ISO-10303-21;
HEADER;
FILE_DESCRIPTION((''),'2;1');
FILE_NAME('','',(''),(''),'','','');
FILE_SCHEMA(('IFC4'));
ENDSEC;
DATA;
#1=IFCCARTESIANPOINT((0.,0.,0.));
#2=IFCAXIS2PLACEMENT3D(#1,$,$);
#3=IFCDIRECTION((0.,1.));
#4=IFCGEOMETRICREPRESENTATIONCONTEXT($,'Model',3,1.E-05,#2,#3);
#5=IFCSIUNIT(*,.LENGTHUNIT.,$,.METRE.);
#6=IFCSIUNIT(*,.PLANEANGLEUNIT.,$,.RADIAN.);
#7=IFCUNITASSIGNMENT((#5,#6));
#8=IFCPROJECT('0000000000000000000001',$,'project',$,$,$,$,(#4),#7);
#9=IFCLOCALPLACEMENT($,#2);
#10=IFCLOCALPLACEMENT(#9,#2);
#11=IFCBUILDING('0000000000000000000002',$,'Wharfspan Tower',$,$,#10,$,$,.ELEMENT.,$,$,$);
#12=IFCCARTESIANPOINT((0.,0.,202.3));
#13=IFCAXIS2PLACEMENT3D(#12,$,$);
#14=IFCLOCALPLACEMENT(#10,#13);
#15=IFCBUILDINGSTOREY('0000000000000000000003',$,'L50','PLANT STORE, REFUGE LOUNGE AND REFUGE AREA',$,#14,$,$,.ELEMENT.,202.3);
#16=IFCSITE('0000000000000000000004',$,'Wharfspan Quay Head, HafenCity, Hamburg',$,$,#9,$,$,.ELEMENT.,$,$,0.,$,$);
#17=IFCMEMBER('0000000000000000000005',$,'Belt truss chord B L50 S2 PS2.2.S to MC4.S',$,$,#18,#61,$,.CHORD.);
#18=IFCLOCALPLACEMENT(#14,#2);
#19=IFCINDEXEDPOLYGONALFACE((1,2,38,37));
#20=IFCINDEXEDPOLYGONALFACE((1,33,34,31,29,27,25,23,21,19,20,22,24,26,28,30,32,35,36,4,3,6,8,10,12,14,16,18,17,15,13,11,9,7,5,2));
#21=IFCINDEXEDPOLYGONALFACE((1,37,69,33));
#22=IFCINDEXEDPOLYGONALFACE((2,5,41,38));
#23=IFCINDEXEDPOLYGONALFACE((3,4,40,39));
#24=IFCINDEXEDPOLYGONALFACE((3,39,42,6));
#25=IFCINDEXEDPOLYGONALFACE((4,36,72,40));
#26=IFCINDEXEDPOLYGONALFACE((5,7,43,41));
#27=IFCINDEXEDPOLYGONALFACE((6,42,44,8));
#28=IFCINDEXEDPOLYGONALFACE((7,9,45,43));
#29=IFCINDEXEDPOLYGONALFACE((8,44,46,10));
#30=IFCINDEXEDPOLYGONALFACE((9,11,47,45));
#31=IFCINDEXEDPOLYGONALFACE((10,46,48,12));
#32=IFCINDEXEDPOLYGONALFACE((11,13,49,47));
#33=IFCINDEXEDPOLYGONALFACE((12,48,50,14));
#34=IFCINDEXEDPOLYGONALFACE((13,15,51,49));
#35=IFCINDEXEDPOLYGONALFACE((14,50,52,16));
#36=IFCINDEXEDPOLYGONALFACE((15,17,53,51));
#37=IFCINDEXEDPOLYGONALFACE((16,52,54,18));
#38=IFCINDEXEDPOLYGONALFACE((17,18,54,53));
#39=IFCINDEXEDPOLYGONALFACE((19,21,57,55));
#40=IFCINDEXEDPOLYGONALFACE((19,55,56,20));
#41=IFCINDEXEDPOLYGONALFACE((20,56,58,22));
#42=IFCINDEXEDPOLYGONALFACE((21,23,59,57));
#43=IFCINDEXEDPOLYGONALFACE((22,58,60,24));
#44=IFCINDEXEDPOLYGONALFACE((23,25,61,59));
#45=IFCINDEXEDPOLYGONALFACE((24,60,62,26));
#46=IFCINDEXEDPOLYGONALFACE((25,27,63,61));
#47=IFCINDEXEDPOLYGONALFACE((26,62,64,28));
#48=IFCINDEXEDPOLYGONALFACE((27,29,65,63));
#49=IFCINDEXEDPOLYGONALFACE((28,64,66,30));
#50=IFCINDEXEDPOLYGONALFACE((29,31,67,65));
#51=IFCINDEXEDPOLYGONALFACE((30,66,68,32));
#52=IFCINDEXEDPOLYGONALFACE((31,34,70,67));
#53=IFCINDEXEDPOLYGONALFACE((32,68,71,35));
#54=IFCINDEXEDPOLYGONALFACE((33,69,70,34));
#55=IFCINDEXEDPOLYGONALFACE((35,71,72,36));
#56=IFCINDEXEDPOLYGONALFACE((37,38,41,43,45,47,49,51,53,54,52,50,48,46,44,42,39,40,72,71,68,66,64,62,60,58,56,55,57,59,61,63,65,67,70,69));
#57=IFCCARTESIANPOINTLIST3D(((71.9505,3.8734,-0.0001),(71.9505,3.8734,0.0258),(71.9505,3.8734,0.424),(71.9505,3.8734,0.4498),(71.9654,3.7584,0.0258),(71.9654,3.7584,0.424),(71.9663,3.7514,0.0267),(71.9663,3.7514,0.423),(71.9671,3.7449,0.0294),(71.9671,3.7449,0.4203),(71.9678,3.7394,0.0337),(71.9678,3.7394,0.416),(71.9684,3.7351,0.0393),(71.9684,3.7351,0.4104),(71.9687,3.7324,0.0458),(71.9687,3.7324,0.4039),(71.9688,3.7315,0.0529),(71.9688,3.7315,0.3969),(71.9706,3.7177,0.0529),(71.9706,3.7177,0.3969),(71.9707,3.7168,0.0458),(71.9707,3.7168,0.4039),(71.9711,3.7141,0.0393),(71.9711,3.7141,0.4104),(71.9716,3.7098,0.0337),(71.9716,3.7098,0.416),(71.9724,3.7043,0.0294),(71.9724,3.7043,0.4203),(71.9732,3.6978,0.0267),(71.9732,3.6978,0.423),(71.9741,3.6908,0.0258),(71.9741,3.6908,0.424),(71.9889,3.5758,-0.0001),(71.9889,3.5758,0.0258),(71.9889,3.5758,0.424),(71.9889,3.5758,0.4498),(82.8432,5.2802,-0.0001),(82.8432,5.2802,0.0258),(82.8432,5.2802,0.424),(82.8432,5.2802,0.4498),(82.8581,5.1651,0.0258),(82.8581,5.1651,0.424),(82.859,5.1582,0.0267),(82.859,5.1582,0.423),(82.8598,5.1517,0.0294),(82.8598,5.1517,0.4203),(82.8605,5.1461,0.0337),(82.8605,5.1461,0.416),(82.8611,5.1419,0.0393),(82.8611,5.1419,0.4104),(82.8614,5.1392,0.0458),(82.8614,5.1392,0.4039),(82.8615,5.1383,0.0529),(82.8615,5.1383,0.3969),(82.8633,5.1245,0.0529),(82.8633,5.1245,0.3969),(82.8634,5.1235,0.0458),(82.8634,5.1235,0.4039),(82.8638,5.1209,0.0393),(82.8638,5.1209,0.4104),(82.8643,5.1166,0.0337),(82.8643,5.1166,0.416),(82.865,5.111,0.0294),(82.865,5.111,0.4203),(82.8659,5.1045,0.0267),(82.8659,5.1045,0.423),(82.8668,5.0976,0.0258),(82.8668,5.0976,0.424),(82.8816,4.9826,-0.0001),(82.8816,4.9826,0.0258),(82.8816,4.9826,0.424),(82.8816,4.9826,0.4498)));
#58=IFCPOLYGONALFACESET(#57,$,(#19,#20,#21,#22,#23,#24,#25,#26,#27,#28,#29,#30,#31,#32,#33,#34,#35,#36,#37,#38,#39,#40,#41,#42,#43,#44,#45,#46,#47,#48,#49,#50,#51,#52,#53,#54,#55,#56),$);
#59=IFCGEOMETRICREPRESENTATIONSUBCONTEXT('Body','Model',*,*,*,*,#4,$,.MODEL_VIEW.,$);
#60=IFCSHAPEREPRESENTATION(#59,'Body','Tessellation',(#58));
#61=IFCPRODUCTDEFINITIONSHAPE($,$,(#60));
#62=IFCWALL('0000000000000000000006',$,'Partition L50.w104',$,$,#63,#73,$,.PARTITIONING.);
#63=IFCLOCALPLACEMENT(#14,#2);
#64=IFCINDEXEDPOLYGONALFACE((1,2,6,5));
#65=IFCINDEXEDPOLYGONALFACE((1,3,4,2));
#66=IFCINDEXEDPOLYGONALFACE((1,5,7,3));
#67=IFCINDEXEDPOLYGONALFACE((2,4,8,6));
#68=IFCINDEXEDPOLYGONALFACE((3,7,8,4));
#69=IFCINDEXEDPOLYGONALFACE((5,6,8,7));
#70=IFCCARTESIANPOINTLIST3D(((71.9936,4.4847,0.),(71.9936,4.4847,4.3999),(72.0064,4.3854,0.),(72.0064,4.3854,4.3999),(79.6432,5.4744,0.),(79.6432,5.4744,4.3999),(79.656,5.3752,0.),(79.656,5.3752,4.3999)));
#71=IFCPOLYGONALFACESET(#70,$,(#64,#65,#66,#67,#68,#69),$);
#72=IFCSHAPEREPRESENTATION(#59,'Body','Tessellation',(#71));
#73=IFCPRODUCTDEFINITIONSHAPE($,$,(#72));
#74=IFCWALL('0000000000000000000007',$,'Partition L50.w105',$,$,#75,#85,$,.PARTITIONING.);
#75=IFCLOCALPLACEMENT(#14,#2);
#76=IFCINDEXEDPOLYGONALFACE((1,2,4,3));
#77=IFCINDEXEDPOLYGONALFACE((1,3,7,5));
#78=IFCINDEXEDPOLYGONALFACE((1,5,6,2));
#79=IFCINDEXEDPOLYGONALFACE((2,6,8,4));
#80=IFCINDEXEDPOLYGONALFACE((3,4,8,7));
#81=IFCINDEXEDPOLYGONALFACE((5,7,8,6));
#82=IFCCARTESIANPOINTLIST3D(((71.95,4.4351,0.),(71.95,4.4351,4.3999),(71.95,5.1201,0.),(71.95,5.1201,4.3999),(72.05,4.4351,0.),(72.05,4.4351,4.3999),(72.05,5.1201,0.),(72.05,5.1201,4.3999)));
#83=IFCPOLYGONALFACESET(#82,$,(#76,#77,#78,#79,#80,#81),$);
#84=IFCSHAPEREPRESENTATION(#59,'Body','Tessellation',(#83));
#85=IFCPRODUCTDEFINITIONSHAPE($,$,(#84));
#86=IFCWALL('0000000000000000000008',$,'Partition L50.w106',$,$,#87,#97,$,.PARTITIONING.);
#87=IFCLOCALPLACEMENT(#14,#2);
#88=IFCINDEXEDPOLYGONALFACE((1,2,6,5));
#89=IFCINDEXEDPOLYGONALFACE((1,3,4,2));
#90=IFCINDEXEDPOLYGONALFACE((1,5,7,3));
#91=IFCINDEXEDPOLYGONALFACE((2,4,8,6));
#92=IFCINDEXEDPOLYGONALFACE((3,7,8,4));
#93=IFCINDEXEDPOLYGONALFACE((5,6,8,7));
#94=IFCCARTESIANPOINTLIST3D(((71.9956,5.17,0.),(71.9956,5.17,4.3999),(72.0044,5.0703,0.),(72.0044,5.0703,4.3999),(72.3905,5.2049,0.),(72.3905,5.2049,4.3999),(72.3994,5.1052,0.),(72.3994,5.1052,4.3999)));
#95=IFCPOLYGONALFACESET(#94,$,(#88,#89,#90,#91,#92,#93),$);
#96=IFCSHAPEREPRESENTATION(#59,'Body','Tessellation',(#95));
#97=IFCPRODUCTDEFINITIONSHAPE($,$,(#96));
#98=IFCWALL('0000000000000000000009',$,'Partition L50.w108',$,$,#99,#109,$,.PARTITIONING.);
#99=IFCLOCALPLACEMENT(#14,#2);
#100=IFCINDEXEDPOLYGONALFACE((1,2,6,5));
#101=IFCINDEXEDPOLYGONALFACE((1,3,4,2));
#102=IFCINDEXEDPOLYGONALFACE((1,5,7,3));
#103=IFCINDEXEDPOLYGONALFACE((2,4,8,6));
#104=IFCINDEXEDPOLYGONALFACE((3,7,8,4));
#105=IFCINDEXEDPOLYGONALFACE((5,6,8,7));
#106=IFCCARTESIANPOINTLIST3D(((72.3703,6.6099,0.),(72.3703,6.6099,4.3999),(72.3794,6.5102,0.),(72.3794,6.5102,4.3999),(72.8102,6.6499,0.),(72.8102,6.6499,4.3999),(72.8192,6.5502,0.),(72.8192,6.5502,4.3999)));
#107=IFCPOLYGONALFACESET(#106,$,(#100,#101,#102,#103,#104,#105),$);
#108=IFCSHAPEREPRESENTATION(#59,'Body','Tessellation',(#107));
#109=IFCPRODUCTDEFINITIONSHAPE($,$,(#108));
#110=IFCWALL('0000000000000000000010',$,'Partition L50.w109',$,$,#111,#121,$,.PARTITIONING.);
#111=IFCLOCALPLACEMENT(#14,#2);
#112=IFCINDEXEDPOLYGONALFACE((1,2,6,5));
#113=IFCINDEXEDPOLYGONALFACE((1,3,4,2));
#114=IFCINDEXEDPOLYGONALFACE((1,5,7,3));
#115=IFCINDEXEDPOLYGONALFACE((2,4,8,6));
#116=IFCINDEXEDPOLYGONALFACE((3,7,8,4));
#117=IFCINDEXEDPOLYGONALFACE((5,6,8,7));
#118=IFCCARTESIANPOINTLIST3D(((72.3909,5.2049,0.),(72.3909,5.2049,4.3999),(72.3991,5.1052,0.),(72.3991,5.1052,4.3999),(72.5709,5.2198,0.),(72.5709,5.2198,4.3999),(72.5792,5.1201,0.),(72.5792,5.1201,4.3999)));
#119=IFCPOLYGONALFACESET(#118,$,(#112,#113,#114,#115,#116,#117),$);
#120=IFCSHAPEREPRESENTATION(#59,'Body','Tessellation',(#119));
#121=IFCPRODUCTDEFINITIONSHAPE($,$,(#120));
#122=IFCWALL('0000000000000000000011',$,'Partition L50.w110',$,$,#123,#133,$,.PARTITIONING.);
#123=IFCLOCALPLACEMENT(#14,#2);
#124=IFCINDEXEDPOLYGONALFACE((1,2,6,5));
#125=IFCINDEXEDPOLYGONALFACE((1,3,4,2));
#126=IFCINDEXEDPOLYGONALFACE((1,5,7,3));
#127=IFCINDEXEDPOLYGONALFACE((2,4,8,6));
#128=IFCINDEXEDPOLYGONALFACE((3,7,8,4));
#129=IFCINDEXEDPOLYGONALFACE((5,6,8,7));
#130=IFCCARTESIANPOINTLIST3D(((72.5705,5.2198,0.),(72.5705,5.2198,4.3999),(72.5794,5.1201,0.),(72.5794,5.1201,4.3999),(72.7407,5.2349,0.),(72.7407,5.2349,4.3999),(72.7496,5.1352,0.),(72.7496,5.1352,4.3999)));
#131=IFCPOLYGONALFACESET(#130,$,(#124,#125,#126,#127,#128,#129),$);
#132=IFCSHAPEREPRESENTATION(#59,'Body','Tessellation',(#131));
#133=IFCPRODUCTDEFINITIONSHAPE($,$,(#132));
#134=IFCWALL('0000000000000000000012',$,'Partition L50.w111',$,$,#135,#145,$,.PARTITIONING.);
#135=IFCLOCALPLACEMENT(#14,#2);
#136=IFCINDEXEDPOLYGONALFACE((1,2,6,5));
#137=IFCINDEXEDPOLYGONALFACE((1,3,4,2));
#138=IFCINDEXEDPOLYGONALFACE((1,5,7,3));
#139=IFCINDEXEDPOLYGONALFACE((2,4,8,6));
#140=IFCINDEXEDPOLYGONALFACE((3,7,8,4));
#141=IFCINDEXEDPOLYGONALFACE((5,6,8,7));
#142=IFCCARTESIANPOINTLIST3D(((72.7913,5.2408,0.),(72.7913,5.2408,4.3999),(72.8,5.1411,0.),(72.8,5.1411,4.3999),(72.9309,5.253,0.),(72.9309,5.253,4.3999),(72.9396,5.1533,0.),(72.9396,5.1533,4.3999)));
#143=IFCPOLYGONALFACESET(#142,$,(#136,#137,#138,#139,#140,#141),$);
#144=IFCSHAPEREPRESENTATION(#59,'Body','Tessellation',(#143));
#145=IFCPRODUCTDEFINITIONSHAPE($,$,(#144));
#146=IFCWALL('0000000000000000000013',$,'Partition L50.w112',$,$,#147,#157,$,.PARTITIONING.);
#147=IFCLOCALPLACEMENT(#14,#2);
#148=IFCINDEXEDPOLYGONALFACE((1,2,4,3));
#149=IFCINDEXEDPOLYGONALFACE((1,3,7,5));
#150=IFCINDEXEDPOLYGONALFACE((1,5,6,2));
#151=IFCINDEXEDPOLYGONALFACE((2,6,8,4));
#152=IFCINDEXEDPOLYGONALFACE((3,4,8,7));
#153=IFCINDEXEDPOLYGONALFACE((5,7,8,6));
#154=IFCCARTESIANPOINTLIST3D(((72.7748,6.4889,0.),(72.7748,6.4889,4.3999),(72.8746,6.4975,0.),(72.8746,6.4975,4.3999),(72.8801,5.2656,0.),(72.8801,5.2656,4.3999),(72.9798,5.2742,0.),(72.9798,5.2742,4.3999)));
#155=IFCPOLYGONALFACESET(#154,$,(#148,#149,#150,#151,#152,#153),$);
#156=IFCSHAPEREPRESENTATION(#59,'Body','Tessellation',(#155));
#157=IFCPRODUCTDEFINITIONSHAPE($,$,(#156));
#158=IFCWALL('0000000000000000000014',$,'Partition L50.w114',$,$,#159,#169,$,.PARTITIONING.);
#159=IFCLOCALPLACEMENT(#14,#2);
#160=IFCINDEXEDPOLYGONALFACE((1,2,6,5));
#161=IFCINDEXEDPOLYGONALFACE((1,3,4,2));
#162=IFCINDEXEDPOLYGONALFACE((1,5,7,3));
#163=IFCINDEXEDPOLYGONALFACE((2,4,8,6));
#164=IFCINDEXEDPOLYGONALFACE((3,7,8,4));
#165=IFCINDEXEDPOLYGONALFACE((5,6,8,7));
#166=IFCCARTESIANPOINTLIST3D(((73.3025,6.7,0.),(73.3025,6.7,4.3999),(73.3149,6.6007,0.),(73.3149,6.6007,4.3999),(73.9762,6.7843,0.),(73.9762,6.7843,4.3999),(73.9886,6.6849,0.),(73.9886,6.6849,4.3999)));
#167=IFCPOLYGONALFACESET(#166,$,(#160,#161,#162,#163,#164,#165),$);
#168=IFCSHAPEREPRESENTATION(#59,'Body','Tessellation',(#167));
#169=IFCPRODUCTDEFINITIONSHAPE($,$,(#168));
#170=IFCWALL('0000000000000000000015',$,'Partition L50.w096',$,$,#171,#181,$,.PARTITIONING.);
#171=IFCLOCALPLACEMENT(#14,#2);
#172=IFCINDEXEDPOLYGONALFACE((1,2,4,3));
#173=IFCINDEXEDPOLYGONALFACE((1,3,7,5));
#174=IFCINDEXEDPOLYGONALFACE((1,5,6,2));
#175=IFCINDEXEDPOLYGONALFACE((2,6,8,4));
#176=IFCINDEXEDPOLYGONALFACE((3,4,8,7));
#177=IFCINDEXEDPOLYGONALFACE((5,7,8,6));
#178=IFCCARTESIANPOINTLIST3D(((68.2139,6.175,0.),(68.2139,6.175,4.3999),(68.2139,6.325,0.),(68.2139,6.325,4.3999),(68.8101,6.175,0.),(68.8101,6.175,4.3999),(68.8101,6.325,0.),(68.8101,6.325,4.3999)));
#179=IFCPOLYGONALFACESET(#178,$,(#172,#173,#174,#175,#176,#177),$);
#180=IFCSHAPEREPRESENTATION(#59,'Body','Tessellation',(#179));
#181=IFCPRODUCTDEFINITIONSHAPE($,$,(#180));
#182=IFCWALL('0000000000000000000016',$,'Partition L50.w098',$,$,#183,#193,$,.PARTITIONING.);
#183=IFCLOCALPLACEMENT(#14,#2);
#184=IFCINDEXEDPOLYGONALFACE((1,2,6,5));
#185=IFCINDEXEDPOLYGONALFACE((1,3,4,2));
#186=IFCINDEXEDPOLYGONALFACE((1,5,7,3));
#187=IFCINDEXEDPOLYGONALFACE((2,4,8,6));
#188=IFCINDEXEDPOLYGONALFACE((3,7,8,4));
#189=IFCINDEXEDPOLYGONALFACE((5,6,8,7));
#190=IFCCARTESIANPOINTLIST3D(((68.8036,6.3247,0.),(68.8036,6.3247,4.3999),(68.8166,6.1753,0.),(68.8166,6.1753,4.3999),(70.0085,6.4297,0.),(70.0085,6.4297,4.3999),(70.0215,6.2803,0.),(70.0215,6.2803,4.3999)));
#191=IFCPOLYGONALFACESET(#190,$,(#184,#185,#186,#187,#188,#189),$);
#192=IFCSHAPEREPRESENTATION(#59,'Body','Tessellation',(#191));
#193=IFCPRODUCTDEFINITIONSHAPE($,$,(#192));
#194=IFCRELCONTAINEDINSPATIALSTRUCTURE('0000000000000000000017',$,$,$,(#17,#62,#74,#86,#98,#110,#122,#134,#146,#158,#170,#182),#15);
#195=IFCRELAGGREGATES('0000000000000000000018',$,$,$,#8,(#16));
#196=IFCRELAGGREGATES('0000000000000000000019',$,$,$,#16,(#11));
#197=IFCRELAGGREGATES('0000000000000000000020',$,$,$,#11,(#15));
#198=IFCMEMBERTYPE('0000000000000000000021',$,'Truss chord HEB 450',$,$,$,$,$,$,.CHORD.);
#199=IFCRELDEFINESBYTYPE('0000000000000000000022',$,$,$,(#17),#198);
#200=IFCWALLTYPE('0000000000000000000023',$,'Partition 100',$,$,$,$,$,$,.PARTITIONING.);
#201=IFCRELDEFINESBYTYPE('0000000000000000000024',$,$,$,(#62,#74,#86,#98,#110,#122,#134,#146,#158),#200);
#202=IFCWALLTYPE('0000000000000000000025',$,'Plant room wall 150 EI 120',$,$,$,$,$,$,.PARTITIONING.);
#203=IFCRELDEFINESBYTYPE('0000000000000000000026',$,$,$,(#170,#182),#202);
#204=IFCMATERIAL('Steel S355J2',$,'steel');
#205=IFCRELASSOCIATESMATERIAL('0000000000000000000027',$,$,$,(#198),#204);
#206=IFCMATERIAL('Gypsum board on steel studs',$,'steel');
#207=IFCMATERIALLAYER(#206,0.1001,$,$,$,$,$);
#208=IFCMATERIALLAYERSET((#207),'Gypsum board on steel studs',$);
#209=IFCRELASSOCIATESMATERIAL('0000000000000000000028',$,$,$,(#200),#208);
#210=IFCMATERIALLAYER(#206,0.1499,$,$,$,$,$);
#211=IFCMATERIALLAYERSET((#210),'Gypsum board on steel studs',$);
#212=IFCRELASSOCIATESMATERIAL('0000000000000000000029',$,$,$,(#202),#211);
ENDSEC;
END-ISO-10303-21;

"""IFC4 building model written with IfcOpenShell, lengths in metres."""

from ifc_helpers import new_model, si_unit, direction, frame, frame_2d, origin, origin_2d, place, context, subcontext, project, spatial, rectangle, i_section, extrude, material, layer, layer_set, material_profile, profile_set, type_object, element, save


model = new_model("IFC4")

# Units and contexts
model_context = context("Model", 3, precision=1e-05, world=origin(), true_north=direction((0.0, 1.0)))
body_context = subcontext(model_context, "Body", "Model", "MODEL_VIEW")
ifc_project = project(units=[si_unit("LENGTHUNIT", "METRE"), si_unit("PLANEANGLEUNIT", "RADIAN")], contexts=[model_context])

# Site, building, storey
site_placement = place(None, origin())
site = spatial("IfcSite", under=ifc_project, at=site_placement, Name="Wharfspan Quay Head, HafenCity, Hamburg", CompositionType="ELEMENT", RefElevation=0.0)
building_placement = place(site_placement, origin())
building = spatial("IfcBuilding", under=site, at=building_placement, Name="Wharfspan Tower", CompositionType="ELEMENT")
storey_placement = place(building_placement, frame((0.0, 0.0, 202.3)))
storey = spatial("IfcBuildingStorey", under=building, at=storey_placement, Name="L50", Description="PLANT STORE, REFUGE LOUNGE AND REFUGE AREA", CompositionType="ELEMENT", Elevation=202.3)

# Shared definitions
ifc_material_1 = material(Name="Steel S355J2", Category="steel")

# Member
ifc_material_profile_1 = material_profile(ifc_material_1, i_section(OverallWidth=0.3, OverallDepth=0.45, WebThickness=0.0139, FlangeThickness=0.0259, FilletRadius=0.0271, at=origin_2d()))
ifc_profile_set_1 = profile_set([ifc_material_profile_1], Name="Steel S355J2")
member_type = type_object("IfcMemberType", Name="Truss chord HEB 450", PredefinedType="CHORD", material=ifc_profile_set_1)
member_placement = place(storey_placement, frame((71.9697, 3.7246, 0.2249), z_axis=(0.991763, 0.128083, 0.0), x_axis=(-0.128083, 0.991763, 0.0)))
element("IfcMember", 1, at=member_placement, inside=storey, type_object=member_type, Name="Belt truss chord B L50 S2 PS2.2.S to MC4.S", PredefinedType="CHORD", context=body_context, shape_type="SweptSolid", body=[
    extrude(i_section(OverallWidth=0.3, OverallDepth=0.45, WebThickness=0.0139, FlangeThickness=0.0259, FilletRadius=0.0271, at=origin_2d()), origin(), (0.0, 0.0, 1.0), 10.9832),
])

# Walls
ifc_material_2 = material(Name="Gypsum board on steel studs", Category="steel")
ifc_layer_1 = layer(ifc_material_2, 0.1001)
ifc_layer_set_1 = layer_set([ifc_layer_1], Name="Gypsum board on steel studs")
wall_type_1 = type_object("IfcWallType", Name="Partition 100", PredefinedType="PARTITIONING", material=ifc_layer_set_1)
wall_1_placement = place(storey_placement, frame((72.0, 4.4351, 0.0), z_axis=(0.0, 0.0, 1.0), x_axis=(0.991735, 0.128315, 0.0)))
element("IfcWall", 2, at=wall_1_placement, inside=storey, type_object=wall_type_1, Name="Partition L50.w104", PredefinedType="PARTITIONING", context=body_context, shape_type="SweptSolid", body=[
    extrude(rectangle(XDim=7.7134, YDim=0.1001, at=frame_2d((3.8567, 0.0))), origin(), (0.0, 0.0, 1.0), 4.3999),
])
wall_2_placement = place(storey_placement, frame((72.0, 4.4351, 0.0), z_axis=(0.0, 0.0, 1.0), x_axis=(0.0, 1.0, 0.0)))
element("IfcWall", 3, at=wall_2_placement, inside=storey, type_object=wall_type_1, Name="Partition L50.w105", PredefinedType="PARTITIONING", context=body_context, shape_type="SweptSolid", body=[
    extrude(rectangle(XDim=0.6851, YDim=0.1001, at=frame_2d((0.3425, 0.0))), origin(), (0.0, 0.0, 1.0), 4.3999),
])
wall_3_placement = place(storey_placement, frame((72.0, 5.1201, 0.0), z_axis=(0.0, 0.0, 1.0), x_axis=(0.996121, 0.088038, 0.0)))
element("IfcWall", 4, at=wall_3_placement, inside=storey, type_object=wall_type_1, Name="Partition L50.w106", PredefinedType="PARTITIONING", context=body_context, shape_type="SweptSolid", body=[
    extrude(rectangle(XDim=0.3965, YDim=0.1001, at=frame_2d((0.1982, 0.0))), origin(), (0.0, 0.0, 1.0), 4.3999),
])
wall_4_placement = place(storey_placement, frame((72.375, 6.5601, 0.0), z_axis=(0.0, 0.0, 1.0), x_axis=(0.99588, 0.090635, 0.0)))
element("IfcWall", 5, at=wall_4_placement, inside=storey, type_object=wall_type_1, Name="Partition L50.w108", PredefinedType="PARTITIONING", context=body_context, shape_type="SweptSolid", body=[
    extrude(rectangle(XDim=0.4416, YDim=0.1001, at=frame_2d((0.2207, 0.0))), origin(), (0.0, 0.0, 1.0), 4.3999),
])
wall_5_placement = place(storey_placement, frame((72.395, 5.155, 0.0), z_axis=(0.0, 0.0, 1.0), x_axis=(0.996593, 0.082486, 0.0)))
element("IfcWall", 6, at=wall_5_placement, inside=storey, type_object=wall_type_1, Name="Partition L50.w109", PredefinedType="PARTITIONING", context=body_context, shape_type="SweptSolid", body=[
    extrude(rectangle(XDim=0.1807, YDim=0.1001, at=frame_2d((0.0903, 0.0))), origin(), (0.0, 0.0, 1.0), 4.3999),
])
wall_6_placement = place(storey_placement, frame((72.575, 5.1699, 0.0), z_axis=(0.0, 0.0, 1.0), x_axis=(0.996069, 0.088603, 0.0)))
element("IfcWall", 7, at=wall_6_placement, inside=storey, type_object=wall_type_1, Name="Partition L50.w110", PredefinedType="PARTITIONING", context=body_context, shape_type="SweptSolid", body=[
    extrude(rectangle(XDim=0.1709, YDim=0.1001, at=frame_2d((0.0854, 0.0))), origin(), (0.0, 0.0, 1.0), 4.3999),
])
wall_7_placement = place(storey_placement, frame((72.7957, 5.1909, 0.0), z_axis=(0.0, 0.0, 1.0), x_axis=(0.996205, 0.087081, 0.0)))
element("IfcWall", 8, at=wall_7_placement, inside=storey, type_object=wall_type_1, Name="Partition L50.w111", PredefinedType="PARTITIONING", context=body_context, shape_type="SweptSolid", body=[
    extrude(rectangle(XDim=0.1401, YDim=0.1001, at=frame_2d((0.0701, 0.0))), origin(), (0.0, 0.0, 1.0), 4.3999),
])
wall_8_placement = place(storey_placement, frame((72.9299, 5.27, 0.0), z_axis=(0.0, 0.0, 1.0), x_axis=(-0.085711, 0.996316, 0.0)))
element("IfcWall", 9, at=wall_8_placement, inside=storey, type_object=wall_type_1, Name="Partition L50.w112", PredefinedType="PARTITIONING", context=body_context, shape_type="SweptSolid", body=[
    extrude(rectangle(XDim=1.2278, YDim=0.1001, at=frame_2d((0.6138, 0.0))), origin(), (0.0, 0.0, 1.0), 4.3999),
])
wall_9_placement = place(storey_placement, frame((73.3088, 6.6504, 0.0), z_axis=(0.0, 0.0, 1.0), x_axis=(0.99228, 0.124035, 0.0)))
element("IfcWall", 10, at=wall_9_placement, inside=storey, type_object=wall_type_1, Name="Partition L50.w114", PredefinedType="PARTITIONING", context=body_context, shape_type="SweptSolid", body=[
    extrude(rectangle(XDim=0.679, YDim=0.1001, at=frame_2d((0.3394, 0.0))), origin(), (0.0, 0.0, 1.0), 4.3999),
])
ifc_layer_2 = layer(ifc_material_2, 0.1499)
ifc_layer_set_2 = layer_set([ifc_layer_2], Name="Gypsum board on steel studs")
wall_type_2 = type_object("IfcWallType", Name="Plant room wall 150 EI 120", PredefinedType="PARTITIONING", material=ifc_layer_set_2)
wall_10_placement = place(storey_placement, frame((68.2139, 6.25, 0.0), z_axis=(0.0, 0.0, 1.0), x_axis=(1.0, 0.0, 0.0)))
element("IfcWall", 11, at=wall_10_placement, inside=storey, type_object=wall_type_2, Name="Partition L50.w096", PredefinedType="PARTITIONING", context=body_context, shape_type="SweptSolid", body=[
    extrude(rectangle(XDim=0.5962, YDim=0.1499, at=frame_2d((0.2981, 0.0))), origin(), (0.0, 0.0, 1.0), 4.3999),
])
wall_11_placement = place(storey_placement, frame((68.8101, 6.25, 0.0), z_axis=(0.0, 0.0, 1.0), x_axis=(0.996227, 0.086804, 0.0)))
element("IfcWall", 12, at=wall_11_placement, inside=storey, type_object=wall_type_2, Name="Partition L50.w098", PredefinedType="PARTITIONING", context=body_context, shape_type="SweptSolid", body=[
    extrude(rectangle(XDim=1.2095, YDim=0.1499, at=frame_2d((0.6047, 0.0))), origin(), (0.0, 0.0, 1.0), 4.3999),
])

save(model, "model.ifc")
